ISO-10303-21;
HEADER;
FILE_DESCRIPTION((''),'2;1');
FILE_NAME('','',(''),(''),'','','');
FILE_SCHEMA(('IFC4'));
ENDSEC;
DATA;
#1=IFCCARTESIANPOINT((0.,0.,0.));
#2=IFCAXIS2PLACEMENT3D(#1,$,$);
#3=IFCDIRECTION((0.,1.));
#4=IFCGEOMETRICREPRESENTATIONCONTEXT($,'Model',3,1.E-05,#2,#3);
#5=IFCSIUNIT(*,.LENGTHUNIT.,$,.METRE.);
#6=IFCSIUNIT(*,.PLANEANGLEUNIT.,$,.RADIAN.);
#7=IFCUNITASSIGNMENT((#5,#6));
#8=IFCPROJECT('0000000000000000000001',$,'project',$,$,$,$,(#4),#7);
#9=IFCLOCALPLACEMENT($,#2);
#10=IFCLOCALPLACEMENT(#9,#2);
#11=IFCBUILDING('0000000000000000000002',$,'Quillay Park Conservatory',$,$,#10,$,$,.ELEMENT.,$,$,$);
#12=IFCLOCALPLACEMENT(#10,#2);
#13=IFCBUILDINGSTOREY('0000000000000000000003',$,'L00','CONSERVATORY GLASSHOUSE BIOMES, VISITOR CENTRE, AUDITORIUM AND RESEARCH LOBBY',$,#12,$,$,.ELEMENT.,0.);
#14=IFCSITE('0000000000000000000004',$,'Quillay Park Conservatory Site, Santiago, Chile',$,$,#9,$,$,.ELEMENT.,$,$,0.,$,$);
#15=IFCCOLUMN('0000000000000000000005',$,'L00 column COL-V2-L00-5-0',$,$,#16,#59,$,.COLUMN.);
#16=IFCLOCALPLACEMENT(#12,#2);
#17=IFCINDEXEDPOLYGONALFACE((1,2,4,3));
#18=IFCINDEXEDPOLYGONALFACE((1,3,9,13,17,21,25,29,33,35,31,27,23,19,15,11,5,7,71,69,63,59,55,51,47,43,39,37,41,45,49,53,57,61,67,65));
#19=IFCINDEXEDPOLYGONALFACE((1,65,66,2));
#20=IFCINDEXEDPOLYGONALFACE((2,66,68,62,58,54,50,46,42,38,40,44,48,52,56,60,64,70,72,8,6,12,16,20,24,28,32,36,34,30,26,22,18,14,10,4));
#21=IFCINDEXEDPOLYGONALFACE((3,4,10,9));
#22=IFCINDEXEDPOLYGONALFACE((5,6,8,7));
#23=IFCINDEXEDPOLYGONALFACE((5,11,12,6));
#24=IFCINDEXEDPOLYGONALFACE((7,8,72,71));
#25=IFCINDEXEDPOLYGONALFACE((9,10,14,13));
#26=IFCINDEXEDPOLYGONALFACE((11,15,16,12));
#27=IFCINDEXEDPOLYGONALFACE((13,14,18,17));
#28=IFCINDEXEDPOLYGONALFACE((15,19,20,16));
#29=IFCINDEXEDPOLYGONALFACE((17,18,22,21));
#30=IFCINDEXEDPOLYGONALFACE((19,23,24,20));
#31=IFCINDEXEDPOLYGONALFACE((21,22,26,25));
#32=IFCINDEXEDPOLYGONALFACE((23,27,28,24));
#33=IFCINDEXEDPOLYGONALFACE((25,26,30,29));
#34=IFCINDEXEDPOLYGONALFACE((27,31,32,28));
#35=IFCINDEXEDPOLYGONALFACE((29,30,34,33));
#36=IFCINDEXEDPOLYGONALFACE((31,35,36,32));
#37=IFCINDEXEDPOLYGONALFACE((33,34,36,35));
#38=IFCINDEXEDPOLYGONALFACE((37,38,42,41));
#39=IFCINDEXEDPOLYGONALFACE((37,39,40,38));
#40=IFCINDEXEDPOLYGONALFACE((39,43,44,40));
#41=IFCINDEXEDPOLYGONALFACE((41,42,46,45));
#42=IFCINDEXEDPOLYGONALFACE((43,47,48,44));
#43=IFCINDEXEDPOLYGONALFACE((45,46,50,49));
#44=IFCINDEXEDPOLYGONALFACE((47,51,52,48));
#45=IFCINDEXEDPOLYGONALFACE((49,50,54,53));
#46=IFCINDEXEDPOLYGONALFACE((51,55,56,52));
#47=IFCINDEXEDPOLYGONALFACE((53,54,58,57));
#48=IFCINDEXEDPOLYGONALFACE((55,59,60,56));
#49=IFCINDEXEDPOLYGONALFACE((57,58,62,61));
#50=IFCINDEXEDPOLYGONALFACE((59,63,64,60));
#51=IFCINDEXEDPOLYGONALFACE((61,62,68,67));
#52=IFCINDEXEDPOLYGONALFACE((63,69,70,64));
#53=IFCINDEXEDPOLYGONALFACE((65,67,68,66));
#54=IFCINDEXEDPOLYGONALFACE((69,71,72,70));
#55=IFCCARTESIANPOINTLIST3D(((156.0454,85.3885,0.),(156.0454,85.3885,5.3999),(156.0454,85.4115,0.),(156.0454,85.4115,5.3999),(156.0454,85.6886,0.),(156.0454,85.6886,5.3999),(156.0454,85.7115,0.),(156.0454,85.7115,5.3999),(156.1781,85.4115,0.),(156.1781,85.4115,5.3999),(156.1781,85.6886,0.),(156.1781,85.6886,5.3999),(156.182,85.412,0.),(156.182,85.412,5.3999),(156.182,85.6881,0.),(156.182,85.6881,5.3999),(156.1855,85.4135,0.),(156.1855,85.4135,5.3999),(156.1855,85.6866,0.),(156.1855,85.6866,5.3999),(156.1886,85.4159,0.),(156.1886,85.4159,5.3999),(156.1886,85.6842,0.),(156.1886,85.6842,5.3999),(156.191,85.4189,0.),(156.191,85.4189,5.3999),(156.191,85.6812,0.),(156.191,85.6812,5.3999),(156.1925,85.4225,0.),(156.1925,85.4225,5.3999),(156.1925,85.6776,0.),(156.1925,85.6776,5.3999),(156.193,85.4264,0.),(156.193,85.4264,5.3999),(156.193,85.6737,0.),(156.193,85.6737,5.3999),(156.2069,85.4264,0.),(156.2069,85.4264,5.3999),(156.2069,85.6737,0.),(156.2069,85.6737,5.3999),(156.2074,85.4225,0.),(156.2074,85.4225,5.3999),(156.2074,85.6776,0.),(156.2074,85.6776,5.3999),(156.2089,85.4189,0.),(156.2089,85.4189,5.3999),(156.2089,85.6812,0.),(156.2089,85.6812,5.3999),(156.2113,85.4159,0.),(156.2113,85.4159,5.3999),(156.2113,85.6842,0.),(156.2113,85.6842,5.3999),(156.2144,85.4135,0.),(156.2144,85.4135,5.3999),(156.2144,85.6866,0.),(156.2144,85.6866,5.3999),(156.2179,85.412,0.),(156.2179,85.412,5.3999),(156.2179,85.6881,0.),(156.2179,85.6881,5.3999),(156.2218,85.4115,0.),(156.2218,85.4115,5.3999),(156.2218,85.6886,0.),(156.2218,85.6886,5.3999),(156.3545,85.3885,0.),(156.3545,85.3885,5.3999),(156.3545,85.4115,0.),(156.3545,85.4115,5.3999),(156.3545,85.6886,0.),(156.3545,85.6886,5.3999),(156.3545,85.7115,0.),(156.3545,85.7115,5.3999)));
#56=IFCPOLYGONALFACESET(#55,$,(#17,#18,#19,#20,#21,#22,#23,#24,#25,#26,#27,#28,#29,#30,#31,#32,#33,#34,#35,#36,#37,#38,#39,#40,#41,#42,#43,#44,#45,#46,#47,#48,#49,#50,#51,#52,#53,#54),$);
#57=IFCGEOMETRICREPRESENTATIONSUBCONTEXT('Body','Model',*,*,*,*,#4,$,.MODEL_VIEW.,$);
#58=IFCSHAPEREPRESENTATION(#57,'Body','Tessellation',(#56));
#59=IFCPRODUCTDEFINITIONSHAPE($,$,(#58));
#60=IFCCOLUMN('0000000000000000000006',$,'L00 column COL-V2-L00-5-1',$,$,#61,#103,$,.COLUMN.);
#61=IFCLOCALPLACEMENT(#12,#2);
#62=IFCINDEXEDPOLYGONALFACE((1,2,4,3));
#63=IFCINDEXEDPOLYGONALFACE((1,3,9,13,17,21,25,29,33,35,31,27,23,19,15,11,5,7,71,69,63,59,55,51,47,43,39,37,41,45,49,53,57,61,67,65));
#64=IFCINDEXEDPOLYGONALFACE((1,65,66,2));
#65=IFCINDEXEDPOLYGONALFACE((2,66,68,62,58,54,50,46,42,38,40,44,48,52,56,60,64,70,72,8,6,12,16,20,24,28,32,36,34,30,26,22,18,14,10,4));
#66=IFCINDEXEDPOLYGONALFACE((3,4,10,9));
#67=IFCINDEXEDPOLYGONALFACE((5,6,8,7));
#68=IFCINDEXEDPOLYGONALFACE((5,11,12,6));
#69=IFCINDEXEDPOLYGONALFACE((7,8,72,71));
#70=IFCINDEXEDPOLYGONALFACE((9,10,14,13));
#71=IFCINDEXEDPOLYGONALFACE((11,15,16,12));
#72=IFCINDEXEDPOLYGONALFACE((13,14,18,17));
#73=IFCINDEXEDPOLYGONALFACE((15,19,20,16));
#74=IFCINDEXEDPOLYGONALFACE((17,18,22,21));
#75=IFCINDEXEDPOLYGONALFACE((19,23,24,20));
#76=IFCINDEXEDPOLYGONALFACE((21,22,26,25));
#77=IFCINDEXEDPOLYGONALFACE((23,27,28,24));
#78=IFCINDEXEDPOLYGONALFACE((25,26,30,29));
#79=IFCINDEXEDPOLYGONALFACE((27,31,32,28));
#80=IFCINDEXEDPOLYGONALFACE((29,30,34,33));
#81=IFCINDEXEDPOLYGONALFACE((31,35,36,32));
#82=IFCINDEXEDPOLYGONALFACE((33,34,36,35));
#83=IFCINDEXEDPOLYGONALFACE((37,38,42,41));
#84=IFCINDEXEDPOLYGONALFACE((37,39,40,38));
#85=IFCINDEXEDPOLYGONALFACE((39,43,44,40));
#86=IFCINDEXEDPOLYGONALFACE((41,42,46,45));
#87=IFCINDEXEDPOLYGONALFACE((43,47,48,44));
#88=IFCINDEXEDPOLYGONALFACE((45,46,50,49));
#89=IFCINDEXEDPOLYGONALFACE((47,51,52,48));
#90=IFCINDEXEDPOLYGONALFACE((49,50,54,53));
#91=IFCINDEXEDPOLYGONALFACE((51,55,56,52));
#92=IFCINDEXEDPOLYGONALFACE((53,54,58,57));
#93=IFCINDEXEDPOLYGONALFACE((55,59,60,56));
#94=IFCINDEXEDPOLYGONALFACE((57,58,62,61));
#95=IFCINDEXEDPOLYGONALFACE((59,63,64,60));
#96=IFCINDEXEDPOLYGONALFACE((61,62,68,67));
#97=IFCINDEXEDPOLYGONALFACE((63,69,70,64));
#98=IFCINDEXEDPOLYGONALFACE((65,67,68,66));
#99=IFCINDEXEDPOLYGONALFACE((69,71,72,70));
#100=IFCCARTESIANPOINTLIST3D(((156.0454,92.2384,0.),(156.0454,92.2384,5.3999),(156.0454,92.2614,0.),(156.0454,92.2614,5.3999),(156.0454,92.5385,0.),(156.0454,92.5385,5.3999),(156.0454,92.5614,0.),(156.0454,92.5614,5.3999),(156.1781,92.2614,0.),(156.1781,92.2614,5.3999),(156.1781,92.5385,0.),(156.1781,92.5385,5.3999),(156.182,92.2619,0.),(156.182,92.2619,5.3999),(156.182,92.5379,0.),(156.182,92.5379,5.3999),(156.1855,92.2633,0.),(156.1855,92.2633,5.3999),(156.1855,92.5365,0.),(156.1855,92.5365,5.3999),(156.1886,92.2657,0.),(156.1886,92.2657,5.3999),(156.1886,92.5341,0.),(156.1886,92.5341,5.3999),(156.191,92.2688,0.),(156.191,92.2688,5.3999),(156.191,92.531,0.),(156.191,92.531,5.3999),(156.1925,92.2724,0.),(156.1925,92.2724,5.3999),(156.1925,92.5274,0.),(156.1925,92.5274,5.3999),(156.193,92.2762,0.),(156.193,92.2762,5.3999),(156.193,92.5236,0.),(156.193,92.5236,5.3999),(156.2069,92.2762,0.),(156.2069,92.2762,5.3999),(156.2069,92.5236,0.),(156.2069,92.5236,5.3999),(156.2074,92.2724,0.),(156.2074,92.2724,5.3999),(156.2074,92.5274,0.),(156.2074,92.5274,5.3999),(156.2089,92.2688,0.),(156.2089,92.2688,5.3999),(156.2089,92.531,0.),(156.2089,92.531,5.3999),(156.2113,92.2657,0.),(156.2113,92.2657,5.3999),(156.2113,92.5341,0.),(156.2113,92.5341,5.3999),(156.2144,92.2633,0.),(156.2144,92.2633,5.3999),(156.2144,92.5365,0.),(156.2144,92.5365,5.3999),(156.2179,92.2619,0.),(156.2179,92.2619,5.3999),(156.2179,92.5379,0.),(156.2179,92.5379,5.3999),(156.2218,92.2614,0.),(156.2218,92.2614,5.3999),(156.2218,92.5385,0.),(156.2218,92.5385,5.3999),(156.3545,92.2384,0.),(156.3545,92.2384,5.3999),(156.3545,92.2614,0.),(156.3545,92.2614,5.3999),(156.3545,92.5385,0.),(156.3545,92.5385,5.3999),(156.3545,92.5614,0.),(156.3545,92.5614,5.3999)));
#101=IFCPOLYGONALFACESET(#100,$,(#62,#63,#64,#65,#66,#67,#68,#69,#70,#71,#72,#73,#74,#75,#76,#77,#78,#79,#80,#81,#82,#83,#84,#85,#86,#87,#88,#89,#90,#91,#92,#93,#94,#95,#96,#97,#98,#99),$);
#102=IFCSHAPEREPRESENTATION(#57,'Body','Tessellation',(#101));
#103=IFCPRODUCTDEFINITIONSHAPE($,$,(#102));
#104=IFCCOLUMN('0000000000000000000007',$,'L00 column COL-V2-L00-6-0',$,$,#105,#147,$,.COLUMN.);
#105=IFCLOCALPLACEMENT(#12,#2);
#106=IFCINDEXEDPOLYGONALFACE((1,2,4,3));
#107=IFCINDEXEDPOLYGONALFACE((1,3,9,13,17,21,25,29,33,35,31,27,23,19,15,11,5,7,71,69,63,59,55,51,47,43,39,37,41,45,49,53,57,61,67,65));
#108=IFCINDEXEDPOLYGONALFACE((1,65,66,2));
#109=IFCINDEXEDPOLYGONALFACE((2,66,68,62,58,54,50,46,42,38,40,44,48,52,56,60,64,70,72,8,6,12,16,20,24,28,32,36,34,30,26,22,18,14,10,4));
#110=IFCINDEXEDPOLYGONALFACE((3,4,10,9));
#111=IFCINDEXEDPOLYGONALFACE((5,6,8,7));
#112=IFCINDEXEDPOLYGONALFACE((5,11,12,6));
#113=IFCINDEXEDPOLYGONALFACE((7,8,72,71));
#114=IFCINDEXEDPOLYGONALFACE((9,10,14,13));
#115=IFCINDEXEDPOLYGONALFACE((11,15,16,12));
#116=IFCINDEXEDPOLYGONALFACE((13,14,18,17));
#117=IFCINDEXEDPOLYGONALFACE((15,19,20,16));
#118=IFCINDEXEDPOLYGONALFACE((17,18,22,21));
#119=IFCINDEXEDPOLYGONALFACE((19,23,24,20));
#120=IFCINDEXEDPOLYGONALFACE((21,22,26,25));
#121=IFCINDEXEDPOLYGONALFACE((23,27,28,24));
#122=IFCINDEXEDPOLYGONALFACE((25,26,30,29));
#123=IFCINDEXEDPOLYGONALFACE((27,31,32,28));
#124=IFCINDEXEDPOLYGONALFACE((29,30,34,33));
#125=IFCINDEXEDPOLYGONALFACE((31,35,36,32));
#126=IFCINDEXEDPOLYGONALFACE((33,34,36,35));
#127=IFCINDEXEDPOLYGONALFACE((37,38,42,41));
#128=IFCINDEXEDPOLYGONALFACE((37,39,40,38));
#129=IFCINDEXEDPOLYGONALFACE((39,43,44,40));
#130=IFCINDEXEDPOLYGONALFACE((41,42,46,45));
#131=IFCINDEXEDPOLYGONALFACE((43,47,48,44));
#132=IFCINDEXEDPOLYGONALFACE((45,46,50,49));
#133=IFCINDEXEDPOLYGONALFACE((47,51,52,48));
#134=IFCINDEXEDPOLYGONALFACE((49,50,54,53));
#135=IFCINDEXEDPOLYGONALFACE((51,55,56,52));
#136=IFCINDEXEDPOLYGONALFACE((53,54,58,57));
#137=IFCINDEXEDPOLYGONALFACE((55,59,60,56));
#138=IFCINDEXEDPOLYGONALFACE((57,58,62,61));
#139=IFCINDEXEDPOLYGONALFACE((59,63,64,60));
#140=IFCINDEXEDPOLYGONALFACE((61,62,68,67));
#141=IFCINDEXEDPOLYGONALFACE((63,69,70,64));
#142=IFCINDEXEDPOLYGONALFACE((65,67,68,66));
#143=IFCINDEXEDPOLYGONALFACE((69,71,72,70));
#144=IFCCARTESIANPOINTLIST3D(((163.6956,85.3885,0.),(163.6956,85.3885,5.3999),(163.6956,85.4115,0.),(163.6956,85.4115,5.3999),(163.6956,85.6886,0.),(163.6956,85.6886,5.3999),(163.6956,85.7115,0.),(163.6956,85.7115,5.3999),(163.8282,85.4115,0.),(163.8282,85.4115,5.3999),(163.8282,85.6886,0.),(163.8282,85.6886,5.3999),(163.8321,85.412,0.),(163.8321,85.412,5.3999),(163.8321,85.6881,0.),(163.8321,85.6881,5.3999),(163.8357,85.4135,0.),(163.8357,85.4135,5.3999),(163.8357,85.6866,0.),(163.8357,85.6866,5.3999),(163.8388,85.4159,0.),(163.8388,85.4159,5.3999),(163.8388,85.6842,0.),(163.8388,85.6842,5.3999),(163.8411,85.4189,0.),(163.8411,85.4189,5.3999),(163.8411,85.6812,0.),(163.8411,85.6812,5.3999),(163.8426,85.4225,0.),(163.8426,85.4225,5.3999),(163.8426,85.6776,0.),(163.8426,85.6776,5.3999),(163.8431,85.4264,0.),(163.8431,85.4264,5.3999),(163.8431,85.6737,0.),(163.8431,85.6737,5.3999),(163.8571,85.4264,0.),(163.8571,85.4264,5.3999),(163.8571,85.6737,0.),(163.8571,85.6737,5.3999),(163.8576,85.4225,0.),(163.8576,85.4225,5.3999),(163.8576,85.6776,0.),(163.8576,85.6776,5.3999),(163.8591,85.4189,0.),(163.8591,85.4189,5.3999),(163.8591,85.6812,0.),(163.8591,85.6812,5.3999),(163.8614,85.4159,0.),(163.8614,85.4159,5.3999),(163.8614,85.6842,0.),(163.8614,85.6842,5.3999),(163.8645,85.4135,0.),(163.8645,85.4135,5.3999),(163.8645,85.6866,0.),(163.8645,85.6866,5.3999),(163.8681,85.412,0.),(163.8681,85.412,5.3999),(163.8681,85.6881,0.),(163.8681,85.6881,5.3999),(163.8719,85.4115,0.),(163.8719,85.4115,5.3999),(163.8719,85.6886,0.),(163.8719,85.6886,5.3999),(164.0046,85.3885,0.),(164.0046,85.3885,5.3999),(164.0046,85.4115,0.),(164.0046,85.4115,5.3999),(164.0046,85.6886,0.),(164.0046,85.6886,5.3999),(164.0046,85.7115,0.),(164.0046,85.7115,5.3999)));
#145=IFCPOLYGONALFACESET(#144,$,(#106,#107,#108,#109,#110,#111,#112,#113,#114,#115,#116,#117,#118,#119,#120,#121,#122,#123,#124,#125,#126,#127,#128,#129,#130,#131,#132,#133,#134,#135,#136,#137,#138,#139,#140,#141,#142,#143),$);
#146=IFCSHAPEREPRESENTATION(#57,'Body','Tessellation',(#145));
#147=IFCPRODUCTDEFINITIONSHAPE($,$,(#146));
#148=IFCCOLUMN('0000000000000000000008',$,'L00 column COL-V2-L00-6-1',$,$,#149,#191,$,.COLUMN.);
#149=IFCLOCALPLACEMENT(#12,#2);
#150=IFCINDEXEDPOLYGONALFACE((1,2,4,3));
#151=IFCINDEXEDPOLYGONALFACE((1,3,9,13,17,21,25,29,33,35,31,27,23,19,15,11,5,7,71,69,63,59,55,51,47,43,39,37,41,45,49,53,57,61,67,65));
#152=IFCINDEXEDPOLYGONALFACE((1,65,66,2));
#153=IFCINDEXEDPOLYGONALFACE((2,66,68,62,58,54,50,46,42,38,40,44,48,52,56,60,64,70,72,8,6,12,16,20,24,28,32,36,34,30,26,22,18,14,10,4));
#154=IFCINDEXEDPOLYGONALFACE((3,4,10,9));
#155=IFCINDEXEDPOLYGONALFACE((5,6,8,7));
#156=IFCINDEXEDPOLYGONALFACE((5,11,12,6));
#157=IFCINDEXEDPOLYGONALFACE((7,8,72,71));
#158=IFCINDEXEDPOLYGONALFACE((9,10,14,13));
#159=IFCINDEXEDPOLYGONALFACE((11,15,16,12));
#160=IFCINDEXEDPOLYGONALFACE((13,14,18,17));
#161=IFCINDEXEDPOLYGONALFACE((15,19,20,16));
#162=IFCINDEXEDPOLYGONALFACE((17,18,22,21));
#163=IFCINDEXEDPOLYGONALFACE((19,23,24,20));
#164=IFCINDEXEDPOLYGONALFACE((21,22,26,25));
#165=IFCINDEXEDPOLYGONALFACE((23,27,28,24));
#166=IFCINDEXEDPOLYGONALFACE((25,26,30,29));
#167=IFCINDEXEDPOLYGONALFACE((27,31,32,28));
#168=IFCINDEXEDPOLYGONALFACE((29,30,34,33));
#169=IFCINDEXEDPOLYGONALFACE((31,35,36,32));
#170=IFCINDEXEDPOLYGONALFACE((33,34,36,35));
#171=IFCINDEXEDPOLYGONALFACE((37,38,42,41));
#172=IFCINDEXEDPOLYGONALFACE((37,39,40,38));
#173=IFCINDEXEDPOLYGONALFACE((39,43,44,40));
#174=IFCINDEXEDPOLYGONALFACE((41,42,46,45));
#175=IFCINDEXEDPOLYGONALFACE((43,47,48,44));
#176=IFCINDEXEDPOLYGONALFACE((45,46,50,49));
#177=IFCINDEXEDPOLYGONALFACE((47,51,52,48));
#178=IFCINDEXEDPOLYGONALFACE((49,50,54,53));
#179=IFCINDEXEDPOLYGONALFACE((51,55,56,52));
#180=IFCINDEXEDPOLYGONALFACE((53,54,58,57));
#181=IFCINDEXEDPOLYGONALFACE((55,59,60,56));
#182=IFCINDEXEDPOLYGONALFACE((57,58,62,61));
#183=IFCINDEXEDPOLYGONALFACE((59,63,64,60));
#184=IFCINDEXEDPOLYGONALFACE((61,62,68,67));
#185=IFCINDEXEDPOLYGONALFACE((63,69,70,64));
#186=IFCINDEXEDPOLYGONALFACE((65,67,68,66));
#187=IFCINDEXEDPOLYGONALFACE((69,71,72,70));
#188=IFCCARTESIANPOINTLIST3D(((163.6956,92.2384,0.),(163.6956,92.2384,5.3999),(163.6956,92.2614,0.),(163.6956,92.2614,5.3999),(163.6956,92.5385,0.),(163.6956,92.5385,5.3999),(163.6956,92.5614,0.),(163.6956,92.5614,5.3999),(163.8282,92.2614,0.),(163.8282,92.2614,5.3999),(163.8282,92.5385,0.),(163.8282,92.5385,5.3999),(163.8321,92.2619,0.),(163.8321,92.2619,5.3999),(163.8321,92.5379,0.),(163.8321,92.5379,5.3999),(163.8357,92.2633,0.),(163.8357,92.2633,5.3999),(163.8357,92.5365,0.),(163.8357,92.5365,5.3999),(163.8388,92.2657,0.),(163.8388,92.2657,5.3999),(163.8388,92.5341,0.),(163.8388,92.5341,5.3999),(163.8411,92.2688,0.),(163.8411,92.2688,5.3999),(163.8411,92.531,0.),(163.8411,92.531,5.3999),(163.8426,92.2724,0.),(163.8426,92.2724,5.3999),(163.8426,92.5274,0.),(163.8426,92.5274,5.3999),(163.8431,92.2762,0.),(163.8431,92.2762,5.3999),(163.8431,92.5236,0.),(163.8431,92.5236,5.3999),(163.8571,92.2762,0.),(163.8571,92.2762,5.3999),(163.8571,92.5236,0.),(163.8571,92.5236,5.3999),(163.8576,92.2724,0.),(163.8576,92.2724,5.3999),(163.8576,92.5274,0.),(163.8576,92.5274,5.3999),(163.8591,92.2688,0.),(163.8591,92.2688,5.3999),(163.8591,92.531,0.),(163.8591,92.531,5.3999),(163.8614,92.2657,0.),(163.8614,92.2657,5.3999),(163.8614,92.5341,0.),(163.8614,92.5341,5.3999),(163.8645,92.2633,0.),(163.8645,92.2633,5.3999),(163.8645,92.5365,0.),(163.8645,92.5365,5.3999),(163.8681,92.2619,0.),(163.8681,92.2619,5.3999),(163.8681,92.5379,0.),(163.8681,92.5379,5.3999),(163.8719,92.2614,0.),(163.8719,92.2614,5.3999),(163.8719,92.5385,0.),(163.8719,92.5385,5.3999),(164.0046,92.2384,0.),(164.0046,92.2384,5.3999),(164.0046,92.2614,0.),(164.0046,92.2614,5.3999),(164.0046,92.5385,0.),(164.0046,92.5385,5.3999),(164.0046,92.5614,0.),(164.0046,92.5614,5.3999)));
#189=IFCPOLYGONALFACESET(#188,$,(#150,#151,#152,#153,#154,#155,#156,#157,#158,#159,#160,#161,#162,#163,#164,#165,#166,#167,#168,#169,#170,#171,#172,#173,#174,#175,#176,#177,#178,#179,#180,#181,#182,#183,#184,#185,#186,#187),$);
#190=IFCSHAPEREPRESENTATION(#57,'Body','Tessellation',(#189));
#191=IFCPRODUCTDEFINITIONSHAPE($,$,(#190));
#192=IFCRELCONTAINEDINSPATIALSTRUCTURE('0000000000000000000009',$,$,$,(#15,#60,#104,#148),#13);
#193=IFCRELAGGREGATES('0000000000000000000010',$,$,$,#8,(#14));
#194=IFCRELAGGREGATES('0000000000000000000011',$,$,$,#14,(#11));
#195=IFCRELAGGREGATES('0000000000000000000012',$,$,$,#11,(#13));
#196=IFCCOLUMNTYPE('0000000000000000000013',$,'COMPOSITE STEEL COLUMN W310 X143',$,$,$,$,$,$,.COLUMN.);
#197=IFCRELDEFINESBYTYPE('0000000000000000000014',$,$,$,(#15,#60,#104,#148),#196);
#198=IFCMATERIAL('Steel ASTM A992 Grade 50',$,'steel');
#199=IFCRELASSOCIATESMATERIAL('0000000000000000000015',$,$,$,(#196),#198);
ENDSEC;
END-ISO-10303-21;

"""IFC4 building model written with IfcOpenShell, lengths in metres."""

from ifc_helpers import new_model, si_unit, direction, frame, origin, origin_2d, place, context, subcontext, project, spatial, i_section, extrude, material, material_profile, profile_set, type_object, element, save


model = new_model("IFC4")

# Units and contexts
model_context = context("Model", 3, precision=1e-05, world=origin(), true_north=direction((0.0, 1.0)))
body_context = subcontext(model_context, "Body", "Model", "MODEL_VIEW")
ifc_project = project(units=[si_unit("LENGTHUNIT", "METRE"), si_unit("PLANEANGLEUNIT", "RADIAN")], contexts=[model_context])

# Site, building, storey
site_placement = place(None, origin())
site = spatial("IfcSite", under=ifc_project, at=site_placement, Name="Quillay Park Conservatory Site, Santiago, Chile", CompositionType="ELEMENT", RefElevation=0.0)
building_placement = place(site_placement, origin())
building = spatial("IfcBuilding", under=site, at=building_placement, Name="Quillay Park Conservatory", CompositionType="ELEMENT")
storey_placement = place(building_placement, origin())
storey = spatial("IfcBuildingStorey", under=building, at=storey_placement, Name="L00", Description="CONSERVATORY GLASSHOUSE BIOMES, VISITOR CENTRE, AUDITORIUM AND RESEARCH LOBBY", CompositionType="ELEMENT", Elevation=0.0)

# Columns
ifc_material_1 = material(Name="Steel ASTM A992 Grade 50", Category="steel")
ifc_material_profile_1 = material_profile(ifc_material_1, i_section(OverallWidth=0.3091, OverallDepth=0.323, WebThickness=0.0139, FlangeThickness=0.0229, FilletRadius=0.0149, at=origin_2d()), Name="W310x143")
ifc_profile_set_1 = profile_set([ifc_material_profile_1], Name="Steel ASTM A992 Grade 50")
column_type = type_object("IfcColumnType", Name="COMPOSITE STEEL COLUMN W310 X143", PredefinedType="COLUMN", material=ifc_profile_set_1)
for number, where, z_axis, x_axis, name in (
    (1, (156.2, 85.55, 0.0), (0.0, 0.0, 1.0), (1.0, 0.0, 0.0), "L00 column COL-V2-L00-5-0"),
    (2, (156.2, 92.3999, 0.0), (0.0, 0.0, 1.0), (1.0, 0.0, 0.0), "L00 column COL-V2-L00-5-1"),
    (3, (163.8501, 85.55, 0.0), (0.0, 0.0, 1.0), (1.0, 0.0, 0.0), "L00 column COL-V2-L00-6-0"),
    (4, (163.8501, 92.3999, 0.0), (0.0, 0.0, 1.0), (1.0, 0.0, 0.0), "L00 column COL-V2-L00-6-1"),
):
    element("IfcColumn", number, at=place(storey_placement, frame(where, z_axis=z_axis, x_axis=x_axis)), inside=storey, type_object=column_type, Name=name, PredefinedType="COLUMN", context=body_context, shape_type="SweptSolid", body=[
        extrude(i_section(OverallWidth=0.3091, OverallDepth=0.323, WebThickness=0.0139, FlangeThickness=0.0229, FilletRadius=0.0149, at=origin_2d()), origin(), (0.0, 0.0, 1.0), 5.3999),
    ])

save(model, "model.ifc")
